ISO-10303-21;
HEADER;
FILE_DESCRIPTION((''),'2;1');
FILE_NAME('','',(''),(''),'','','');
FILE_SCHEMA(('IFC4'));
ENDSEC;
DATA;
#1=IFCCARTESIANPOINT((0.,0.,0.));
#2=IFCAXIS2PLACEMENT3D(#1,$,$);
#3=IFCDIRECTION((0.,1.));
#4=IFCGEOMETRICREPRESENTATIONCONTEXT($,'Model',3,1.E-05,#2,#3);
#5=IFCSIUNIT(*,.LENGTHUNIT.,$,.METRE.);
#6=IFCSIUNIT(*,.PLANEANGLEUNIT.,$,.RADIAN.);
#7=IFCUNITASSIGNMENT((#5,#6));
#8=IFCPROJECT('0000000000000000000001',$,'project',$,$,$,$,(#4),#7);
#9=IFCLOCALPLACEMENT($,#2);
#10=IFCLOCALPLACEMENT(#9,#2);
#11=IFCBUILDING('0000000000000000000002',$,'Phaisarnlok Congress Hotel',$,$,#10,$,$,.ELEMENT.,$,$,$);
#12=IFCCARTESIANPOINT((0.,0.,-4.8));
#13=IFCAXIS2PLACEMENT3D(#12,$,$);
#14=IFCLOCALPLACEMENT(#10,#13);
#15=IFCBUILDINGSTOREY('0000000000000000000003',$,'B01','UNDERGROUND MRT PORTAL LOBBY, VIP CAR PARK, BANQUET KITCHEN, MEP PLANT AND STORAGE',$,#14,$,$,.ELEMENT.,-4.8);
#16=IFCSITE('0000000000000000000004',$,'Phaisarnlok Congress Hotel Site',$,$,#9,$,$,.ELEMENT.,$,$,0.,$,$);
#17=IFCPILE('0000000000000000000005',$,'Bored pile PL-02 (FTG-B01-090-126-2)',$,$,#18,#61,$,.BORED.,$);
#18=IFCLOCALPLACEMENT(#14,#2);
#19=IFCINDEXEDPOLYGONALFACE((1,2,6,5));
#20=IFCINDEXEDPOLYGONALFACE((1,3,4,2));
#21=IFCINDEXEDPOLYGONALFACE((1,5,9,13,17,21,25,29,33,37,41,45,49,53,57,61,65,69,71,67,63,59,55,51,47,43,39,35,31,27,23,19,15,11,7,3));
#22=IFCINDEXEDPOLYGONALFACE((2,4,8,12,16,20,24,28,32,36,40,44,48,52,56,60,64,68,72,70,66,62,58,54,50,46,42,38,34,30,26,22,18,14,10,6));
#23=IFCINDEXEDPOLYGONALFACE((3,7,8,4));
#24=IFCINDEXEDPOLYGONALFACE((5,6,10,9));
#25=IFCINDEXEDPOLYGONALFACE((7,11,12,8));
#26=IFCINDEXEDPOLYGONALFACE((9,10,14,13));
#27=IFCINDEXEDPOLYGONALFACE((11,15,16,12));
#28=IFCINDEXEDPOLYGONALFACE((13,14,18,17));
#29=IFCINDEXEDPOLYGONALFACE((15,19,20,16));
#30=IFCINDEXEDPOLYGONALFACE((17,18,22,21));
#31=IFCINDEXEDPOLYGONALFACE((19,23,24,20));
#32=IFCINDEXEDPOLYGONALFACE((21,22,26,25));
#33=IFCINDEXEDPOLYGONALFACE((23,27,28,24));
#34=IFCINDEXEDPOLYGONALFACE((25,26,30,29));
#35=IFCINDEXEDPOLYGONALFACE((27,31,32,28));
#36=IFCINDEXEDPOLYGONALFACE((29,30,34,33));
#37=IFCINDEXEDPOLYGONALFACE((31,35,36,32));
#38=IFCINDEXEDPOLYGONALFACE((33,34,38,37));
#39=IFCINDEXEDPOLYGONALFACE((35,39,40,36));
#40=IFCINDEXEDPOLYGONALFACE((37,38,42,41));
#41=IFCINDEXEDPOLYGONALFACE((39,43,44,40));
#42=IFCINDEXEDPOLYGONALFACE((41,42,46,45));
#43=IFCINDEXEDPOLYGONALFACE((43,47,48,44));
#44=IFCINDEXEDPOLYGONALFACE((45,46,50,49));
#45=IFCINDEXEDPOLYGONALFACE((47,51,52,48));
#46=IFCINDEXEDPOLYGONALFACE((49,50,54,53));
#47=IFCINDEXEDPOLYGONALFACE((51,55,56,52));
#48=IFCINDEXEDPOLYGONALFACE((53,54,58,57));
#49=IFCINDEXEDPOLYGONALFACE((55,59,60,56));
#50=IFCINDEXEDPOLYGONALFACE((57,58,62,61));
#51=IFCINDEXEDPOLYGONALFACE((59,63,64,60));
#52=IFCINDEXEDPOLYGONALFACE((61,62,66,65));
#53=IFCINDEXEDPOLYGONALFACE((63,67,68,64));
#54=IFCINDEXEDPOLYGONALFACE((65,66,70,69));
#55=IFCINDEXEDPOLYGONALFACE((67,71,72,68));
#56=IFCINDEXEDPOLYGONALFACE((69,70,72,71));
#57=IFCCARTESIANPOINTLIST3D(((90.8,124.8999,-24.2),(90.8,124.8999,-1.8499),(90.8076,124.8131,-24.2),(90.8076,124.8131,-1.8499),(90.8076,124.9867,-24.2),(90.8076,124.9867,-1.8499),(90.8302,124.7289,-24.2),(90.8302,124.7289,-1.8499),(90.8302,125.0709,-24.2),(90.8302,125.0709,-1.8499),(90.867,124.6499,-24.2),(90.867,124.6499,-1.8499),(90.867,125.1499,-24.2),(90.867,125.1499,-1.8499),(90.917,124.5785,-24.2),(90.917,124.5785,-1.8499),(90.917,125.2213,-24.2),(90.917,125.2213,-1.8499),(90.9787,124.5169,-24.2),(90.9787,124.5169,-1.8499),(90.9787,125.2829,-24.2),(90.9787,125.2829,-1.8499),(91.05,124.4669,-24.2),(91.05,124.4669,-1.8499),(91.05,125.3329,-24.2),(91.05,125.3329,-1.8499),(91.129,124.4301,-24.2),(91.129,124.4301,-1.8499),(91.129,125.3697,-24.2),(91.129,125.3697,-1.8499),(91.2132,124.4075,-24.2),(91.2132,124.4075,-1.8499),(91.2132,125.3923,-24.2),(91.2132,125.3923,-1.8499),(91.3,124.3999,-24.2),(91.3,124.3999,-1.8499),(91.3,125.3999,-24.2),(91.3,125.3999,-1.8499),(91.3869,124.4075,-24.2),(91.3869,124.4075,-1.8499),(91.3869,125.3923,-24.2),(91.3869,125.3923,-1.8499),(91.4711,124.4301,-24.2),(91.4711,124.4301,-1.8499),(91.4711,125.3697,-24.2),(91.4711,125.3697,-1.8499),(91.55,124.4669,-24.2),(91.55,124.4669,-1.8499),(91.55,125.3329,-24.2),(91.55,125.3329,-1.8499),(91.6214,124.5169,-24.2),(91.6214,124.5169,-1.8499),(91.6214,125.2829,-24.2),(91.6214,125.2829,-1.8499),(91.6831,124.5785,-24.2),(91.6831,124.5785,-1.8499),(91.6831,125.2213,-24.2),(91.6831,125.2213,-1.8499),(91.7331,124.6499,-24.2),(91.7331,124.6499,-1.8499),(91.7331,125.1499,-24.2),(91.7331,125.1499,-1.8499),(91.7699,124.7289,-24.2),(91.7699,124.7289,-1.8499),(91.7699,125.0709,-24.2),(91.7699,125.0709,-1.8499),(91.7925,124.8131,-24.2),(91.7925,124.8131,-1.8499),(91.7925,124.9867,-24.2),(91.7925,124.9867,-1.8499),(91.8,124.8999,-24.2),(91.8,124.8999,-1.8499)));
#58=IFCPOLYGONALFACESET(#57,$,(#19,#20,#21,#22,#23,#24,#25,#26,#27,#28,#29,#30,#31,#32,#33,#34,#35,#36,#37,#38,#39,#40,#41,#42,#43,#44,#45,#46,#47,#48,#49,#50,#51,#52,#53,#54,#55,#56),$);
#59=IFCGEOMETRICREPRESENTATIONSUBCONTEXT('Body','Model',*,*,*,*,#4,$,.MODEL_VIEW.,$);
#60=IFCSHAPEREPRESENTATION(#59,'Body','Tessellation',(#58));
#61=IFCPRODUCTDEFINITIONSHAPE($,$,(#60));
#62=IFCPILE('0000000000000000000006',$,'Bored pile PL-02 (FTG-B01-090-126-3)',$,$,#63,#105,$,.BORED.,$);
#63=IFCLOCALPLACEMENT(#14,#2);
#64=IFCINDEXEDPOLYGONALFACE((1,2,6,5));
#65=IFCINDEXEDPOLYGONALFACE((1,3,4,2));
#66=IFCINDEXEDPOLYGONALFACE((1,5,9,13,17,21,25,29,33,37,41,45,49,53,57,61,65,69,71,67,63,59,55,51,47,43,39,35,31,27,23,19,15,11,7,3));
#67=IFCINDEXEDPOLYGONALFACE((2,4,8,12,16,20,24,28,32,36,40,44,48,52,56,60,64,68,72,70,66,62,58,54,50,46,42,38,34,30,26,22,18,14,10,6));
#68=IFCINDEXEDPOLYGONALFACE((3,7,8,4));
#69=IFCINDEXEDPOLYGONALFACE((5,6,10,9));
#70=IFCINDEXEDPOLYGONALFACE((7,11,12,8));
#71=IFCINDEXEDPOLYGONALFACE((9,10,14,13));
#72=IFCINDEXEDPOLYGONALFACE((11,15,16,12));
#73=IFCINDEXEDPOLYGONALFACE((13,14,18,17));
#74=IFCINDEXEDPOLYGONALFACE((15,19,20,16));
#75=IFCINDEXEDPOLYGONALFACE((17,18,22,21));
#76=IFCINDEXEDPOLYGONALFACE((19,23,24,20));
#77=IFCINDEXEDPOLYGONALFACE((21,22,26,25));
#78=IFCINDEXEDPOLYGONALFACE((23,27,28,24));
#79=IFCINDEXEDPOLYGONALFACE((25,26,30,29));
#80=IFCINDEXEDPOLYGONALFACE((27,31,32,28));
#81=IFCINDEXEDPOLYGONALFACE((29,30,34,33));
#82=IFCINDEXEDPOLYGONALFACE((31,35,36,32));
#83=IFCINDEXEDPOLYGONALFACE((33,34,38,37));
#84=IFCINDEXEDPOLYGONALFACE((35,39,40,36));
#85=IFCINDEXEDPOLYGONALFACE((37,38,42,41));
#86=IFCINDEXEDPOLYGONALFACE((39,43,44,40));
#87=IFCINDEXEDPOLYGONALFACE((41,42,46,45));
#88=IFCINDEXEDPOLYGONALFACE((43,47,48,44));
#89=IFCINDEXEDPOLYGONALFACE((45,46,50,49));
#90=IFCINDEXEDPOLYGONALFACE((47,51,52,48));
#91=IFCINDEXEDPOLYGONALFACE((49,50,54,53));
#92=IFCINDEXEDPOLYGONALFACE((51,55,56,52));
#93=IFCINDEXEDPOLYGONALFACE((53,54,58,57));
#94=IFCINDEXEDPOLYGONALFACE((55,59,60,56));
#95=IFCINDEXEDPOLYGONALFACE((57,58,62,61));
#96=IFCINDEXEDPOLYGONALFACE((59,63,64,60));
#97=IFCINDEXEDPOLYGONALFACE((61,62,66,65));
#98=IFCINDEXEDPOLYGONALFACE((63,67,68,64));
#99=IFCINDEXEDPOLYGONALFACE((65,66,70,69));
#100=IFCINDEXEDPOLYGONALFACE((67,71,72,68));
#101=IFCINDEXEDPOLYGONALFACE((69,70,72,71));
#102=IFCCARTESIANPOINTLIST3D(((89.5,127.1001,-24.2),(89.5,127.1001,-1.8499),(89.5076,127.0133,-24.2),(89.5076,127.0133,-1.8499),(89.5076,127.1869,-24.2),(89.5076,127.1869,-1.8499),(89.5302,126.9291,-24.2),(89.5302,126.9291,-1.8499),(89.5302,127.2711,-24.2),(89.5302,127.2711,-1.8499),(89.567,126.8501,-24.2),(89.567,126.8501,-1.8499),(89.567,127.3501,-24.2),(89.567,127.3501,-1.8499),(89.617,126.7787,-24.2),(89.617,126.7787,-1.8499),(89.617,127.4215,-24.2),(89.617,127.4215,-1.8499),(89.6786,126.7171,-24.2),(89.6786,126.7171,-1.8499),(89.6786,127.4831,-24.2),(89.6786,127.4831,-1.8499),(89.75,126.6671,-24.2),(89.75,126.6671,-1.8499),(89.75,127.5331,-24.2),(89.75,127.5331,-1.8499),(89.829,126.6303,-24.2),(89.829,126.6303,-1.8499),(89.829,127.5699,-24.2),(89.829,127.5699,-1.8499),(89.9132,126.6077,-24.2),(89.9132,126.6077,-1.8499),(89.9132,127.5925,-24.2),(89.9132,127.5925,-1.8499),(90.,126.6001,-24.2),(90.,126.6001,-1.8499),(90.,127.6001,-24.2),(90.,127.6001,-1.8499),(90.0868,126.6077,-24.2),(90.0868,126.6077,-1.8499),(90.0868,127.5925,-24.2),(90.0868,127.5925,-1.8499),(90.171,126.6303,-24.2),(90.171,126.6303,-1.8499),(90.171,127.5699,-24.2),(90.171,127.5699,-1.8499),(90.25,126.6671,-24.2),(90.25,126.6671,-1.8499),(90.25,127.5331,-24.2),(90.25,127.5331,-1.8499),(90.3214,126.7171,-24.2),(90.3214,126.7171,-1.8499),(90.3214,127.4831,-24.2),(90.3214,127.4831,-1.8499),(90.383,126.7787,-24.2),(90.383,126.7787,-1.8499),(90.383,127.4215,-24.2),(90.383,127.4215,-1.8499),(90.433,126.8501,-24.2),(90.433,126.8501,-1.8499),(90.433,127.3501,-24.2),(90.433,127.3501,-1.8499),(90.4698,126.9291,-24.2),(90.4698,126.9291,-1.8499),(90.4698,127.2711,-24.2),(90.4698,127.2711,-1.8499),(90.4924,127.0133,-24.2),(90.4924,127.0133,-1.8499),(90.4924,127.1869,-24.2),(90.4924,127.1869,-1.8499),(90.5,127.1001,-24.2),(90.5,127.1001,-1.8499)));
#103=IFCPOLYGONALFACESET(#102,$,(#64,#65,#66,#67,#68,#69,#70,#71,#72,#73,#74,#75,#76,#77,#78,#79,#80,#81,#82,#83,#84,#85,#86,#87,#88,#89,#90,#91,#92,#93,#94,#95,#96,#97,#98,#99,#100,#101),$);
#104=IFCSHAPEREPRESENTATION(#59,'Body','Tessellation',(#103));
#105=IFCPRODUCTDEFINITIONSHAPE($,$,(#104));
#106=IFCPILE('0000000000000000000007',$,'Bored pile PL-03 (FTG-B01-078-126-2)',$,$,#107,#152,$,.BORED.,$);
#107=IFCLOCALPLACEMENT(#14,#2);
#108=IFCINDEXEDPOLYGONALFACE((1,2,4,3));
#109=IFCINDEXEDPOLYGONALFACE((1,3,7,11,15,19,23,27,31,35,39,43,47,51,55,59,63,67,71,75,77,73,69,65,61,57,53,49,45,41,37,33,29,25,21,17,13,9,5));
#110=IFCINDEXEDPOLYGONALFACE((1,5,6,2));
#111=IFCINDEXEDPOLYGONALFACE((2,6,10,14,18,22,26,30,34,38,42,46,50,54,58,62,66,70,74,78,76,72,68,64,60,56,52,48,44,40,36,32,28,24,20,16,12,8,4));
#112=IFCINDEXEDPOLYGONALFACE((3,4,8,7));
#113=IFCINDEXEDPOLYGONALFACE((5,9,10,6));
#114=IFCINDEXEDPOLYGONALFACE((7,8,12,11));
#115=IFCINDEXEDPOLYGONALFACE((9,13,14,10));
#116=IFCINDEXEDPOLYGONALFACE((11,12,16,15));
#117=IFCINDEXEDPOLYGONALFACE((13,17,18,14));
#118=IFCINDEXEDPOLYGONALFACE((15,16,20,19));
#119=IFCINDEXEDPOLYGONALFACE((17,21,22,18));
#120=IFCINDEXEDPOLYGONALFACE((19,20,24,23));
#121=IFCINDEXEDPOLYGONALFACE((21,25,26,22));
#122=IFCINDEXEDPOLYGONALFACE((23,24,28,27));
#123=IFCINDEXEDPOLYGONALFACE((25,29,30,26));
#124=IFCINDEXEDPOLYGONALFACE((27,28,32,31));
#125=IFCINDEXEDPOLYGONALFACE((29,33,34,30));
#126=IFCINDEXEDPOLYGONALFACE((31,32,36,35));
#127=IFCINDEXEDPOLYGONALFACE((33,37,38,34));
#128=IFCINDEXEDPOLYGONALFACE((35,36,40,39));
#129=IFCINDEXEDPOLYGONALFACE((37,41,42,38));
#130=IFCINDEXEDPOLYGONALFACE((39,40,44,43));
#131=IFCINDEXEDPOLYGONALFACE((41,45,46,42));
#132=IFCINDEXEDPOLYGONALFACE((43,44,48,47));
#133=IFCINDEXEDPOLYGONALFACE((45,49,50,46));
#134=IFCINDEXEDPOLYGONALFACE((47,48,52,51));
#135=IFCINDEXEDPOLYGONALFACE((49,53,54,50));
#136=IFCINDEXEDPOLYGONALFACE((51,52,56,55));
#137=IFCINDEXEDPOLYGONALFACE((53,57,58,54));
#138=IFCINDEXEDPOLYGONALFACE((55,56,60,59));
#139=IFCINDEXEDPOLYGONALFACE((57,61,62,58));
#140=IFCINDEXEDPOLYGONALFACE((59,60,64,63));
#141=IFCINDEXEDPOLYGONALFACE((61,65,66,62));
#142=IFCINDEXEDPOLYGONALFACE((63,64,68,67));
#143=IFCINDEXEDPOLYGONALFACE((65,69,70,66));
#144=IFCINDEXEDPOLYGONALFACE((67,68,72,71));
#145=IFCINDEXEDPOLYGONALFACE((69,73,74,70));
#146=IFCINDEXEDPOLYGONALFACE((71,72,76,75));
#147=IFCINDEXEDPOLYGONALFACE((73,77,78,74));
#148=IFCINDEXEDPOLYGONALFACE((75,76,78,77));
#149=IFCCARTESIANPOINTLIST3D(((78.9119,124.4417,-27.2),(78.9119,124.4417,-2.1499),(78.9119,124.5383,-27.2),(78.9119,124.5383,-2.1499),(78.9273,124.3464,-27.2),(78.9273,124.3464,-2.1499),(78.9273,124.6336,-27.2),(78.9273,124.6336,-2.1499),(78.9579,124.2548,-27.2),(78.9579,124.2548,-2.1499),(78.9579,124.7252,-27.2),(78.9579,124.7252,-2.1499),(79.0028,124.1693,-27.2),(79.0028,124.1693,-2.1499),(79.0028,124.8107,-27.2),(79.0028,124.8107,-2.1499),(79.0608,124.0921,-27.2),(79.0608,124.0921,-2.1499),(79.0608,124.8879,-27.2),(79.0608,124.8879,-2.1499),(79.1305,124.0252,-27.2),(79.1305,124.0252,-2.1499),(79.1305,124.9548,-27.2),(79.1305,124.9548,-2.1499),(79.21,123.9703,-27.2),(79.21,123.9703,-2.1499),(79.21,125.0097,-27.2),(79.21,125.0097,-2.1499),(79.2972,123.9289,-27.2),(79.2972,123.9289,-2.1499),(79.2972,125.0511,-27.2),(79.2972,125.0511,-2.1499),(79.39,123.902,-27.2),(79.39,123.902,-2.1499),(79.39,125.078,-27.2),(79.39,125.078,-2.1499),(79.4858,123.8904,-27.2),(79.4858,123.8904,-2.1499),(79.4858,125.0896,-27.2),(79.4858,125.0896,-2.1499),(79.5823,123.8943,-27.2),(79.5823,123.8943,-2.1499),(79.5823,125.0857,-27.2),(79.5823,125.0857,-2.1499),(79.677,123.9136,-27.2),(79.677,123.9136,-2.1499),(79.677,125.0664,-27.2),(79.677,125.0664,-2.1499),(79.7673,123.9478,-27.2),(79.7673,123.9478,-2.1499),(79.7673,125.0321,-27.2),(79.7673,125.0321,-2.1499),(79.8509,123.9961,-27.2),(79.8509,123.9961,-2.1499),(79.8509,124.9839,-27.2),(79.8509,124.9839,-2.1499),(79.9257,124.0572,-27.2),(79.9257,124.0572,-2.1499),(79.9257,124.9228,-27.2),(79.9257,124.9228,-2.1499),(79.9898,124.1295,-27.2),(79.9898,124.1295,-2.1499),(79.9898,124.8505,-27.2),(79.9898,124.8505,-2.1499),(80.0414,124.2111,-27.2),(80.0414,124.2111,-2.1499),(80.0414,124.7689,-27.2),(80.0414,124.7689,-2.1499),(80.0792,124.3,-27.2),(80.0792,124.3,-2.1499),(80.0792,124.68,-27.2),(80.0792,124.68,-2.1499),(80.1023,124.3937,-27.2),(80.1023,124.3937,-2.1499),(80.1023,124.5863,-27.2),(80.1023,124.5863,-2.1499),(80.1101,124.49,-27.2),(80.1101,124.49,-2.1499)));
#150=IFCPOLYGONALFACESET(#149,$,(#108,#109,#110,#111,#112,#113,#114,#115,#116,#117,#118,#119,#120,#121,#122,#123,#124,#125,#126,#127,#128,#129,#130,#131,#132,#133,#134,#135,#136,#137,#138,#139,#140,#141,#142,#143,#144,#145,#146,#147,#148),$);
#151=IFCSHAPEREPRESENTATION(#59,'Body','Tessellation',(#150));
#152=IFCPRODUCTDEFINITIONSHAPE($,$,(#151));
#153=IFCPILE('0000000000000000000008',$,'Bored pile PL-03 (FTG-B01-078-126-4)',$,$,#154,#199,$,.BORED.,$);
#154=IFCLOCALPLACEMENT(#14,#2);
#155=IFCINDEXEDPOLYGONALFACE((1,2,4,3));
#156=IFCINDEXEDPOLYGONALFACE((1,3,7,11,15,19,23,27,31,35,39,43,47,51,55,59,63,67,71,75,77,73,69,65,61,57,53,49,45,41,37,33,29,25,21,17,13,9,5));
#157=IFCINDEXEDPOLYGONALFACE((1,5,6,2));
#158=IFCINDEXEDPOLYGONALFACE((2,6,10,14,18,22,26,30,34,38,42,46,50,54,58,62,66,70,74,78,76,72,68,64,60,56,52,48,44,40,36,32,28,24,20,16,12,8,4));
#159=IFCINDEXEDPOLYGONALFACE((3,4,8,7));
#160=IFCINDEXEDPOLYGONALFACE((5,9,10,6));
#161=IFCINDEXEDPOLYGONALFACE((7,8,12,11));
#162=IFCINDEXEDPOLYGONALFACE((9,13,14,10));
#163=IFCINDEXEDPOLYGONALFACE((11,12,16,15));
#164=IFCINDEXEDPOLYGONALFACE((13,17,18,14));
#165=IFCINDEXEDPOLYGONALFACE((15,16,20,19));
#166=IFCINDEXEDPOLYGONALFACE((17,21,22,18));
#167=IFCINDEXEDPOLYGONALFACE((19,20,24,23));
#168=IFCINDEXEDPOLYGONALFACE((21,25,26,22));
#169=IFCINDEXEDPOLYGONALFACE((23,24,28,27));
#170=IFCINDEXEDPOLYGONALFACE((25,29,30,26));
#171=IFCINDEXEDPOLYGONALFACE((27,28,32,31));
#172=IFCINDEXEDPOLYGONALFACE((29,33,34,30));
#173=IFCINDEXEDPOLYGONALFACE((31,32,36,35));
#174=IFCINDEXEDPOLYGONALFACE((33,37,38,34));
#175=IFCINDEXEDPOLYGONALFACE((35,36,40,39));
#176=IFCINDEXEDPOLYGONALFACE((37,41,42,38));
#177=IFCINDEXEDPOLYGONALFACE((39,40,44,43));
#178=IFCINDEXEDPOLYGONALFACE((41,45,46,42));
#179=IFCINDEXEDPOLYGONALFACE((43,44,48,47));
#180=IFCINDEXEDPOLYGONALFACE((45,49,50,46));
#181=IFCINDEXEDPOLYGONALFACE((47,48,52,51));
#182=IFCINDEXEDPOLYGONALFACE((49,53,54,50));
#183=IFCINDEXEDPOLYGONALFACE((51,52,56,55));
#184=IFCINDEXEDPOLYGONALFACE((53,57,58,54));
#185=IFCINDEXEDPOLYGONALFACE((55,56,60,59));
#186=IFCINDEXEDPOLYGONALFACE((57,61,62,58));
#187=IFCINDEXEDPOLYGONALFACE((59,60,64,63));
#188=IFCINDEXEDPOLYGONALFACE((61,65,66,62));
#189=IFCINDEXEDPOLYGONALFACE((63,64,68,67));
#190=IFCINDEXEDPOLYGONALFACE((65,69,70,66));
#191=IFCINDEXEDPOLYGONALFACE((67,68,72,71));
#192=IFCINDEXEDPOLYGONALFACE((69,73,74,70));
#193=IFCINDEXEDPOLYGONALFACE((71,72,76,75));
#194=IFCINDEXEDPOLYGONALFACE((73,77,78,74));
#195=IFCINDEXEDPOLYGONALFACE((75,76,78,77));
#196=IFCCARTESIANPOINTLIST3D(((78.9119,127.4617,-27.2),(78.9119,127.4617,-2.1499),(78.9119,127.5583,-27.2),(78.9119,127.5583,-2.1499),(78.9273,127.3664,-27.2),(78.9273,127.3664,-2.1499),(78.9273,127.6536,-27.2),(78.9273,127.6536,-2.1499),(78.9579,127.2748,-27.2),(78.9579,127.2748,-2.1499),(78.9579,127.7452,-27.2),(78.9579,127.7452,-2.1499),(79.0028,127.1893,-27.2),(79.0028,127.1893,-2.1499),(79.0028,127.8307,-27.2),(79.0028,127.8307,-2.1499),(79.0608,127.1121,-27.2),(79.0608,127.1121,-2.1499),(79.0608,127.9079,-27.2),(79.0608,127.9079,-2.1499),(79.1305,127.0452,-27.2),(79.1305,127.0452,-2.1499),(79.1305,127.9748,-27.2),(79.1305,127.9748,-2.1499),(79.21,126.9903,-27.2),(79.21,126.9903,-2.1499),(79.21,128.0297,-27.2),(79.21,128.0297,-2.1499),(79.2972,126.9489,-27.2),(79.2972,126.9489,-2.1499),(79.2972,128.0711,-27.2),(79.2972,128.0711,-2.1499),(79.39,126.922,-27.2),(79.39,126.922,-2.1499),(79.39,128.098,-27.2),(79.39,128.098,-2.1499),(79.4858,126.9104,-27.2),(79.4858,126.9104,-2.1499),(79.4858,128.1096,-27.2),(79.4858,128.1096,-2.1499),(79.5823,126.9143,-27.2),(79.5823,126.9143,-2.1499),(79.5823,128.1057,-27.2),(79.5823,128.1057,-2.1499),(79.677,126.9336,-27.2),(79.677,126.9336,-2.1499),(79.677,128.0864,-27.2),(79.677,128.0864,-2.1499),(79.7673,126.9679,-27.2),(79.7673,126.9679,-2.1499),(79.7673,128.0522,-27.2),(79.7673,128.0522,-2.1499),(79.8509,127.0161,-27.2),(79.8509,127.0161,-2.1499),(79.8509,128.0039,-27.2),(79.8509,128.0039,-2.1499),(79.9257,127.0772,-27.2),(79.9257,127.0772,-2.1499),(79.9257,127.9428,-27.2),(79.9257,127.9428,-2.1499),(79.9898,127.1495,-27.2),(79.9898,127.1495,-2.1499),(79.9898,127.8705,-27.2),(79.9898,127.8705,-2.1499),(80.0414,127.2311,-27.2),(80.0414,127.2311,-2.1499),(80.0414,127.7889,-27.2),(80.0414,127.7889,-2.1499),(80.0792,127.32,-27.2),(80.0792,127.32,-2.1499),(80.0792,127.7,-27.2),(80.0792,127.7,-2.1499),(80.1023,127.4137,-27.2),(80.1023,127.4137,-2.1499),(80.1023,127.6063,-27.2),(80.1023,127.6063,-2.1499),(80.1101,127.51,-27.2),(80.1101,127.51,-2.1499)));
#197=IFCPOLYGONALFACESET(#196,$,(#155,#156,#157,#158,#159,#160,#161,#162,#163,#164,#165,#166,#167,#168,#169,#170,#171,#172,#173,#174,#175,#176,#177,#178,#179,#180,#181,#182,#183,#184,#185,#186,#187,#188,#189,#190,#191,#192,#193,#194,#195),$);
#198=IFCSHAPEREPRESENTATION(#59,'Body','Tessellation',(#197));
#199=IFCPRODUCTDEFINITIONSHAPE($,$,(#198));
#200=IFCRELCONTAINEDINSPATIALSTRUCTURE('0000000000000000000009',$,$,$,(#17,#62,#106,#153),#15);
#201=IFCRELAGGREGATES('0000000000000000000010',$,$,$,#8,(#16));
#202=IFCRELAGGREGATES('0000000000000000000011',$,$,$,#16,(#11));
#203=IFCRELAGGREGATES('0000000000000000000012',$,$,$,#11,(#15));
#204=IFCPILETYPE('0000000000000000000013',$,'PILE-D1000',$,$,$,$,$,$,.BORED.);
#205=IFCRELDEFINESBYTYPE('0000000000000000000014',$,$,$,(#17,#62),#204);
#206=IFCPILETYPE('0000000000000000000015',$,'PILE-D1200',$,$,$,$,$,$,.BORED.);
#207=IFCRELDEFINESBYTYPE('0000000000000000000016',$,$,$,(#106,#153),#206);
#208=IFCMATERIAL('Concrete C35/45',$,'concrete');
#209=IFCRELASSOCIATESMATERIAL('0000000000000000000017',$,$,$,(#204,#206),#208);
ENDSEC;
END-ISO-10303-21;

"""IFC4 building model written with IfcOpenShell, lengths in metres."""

from ifc_helpers import new_model, si_unit, direction, frame, origin, origin_2d, place, context, subcontext, project, spatial, circle, extrude, material, material_profile, profile_set, type_object, element, save


model = new_model("IFC4")

# Units and contexts
model_context = context("Model", 3, precision=1e-05, world=origin(), true_north=direction((0.0, 1.0)))
body_context = subcontext(model_context, "Body", "Model", "MODEL_VIEW")
ifc_project = project(units=[si_unit("LENGTHUNIT", "METRE"), si_unit("PLANEANGLEUNIT", "RADIAN")], contexts=[model_context])

# Site, building, storey
site_placement = place(None, origin())
site = spatial("IfcSite", under=ifc_project, at=site_placement, Name="Phaisarnlok Congress Hotel Site", CompositionType="ELEMENT", RefElevation=0.0)
building_placement = place(site_placement, origin())
building = spatial("IfcBuilding", under=site, at=building_placement, Name="Phaisarnlok Congress Hotel", CompositionType="ELEMENT")
storey_placement = place(building_placement, frame((0.0, 0.0, -4.8)))
storey = spatial("IfcBuildingStorey", under=building, at=storey_placement, Name="B01", Description="UNDERGROUND MRT PORTAL LOBBY, VIP CAR PARK, BANQUET KITCHEN, MEP PLANT AND STORAGE", CompositionType="ELEMENT", Elevation=-4.8)

# Piles
ifc_material_1 = material(Name="Concrete C35/45", Category="concrete")
ifc_material_profile_1 = material_profile(ifc_material_1, circle(Radius=0.5, at=origin_2d()), Name="BORED PILE D1000")
ifc_profile_set_1 = profile_set([ifc_material_profile_1], Name="Concrete C35/45")
pile_type_1 = type_object("IfcPileType", Name="PILE-D1000", PredefinedType="BORED", material=ifc_profile_set_1)
for number, where, z_axis, x_axis, name in (
    (1, (91.3, 124.8999, -1.8499), (0.0, 0.0, -1.0), (1.0, 0.0, 0.0), "Bored pile PL-02 (FTG-B01-090-126-2)"),
    (2, (90.0, 127.1001, -1.8499), (0.0, 0.0, -1.0), (1.0, 0.0, 0.0), "Bored pile PL-02 (FTG-B01-090-126-3)"),
):
    element("IfcPile", number, at=place(storey_placement, frame(where, z_axis=z_axis, x_axis=x_axis)), inside=storey, type_object=pile_type_1, Name=name, PredefinedType="BORED", context=body_context, shape_type="SweptSolid", body=[
        extrude(circle(Radius=0.5, at=origin_2d()), origin(), (0.0, 0.0, 1.0), 22.3501),
    ])
ifc_material_profile_2 = material_profile(ifc_material_1, circle(Radius=0.6001, at=origin_2d()), Name="BORED PILE D1200")
ifc_profile_set_2 = profile_set([ifc_material_profile_2], Name="Concrete C35/45")
pile_type_2 = type_object("IfcPileType", Name="PILE-D1200", PredefinedType="BORED", material=ifc_profile_set_2)
for number, where, z_axis, x_axis, name in (
    (3, (79.51, 124.49, -2.1499), (0.0, 0.0, -1.0), (1.0, 0.0, 0.0), "Bored pile PL-03 (FTG-B01-078-126-2)"),
    (4, (79.51, 127.51, -2.1499), (0.0, 0.0, -1.0), (1.0, 0.0, 0.0), "Bored pile PL-03 (FTG-B01-078-126-4)"),
):
    element("IfcPile", number, at=place(storey_placement, frame(where, z_axis=z_axis, x_axis=x_axis)), inside=storey, type_object=pile_type_2, Name=name, PredefinedType="BORED", context=body_context, shape_type="SweptSolid", body=[
        extrude(circle(Radius=0.6001, at=origin_2d()), origin(), (0.0, 0.0, 1.0), 25.05),
    ])

save(model, "model.ifc")
